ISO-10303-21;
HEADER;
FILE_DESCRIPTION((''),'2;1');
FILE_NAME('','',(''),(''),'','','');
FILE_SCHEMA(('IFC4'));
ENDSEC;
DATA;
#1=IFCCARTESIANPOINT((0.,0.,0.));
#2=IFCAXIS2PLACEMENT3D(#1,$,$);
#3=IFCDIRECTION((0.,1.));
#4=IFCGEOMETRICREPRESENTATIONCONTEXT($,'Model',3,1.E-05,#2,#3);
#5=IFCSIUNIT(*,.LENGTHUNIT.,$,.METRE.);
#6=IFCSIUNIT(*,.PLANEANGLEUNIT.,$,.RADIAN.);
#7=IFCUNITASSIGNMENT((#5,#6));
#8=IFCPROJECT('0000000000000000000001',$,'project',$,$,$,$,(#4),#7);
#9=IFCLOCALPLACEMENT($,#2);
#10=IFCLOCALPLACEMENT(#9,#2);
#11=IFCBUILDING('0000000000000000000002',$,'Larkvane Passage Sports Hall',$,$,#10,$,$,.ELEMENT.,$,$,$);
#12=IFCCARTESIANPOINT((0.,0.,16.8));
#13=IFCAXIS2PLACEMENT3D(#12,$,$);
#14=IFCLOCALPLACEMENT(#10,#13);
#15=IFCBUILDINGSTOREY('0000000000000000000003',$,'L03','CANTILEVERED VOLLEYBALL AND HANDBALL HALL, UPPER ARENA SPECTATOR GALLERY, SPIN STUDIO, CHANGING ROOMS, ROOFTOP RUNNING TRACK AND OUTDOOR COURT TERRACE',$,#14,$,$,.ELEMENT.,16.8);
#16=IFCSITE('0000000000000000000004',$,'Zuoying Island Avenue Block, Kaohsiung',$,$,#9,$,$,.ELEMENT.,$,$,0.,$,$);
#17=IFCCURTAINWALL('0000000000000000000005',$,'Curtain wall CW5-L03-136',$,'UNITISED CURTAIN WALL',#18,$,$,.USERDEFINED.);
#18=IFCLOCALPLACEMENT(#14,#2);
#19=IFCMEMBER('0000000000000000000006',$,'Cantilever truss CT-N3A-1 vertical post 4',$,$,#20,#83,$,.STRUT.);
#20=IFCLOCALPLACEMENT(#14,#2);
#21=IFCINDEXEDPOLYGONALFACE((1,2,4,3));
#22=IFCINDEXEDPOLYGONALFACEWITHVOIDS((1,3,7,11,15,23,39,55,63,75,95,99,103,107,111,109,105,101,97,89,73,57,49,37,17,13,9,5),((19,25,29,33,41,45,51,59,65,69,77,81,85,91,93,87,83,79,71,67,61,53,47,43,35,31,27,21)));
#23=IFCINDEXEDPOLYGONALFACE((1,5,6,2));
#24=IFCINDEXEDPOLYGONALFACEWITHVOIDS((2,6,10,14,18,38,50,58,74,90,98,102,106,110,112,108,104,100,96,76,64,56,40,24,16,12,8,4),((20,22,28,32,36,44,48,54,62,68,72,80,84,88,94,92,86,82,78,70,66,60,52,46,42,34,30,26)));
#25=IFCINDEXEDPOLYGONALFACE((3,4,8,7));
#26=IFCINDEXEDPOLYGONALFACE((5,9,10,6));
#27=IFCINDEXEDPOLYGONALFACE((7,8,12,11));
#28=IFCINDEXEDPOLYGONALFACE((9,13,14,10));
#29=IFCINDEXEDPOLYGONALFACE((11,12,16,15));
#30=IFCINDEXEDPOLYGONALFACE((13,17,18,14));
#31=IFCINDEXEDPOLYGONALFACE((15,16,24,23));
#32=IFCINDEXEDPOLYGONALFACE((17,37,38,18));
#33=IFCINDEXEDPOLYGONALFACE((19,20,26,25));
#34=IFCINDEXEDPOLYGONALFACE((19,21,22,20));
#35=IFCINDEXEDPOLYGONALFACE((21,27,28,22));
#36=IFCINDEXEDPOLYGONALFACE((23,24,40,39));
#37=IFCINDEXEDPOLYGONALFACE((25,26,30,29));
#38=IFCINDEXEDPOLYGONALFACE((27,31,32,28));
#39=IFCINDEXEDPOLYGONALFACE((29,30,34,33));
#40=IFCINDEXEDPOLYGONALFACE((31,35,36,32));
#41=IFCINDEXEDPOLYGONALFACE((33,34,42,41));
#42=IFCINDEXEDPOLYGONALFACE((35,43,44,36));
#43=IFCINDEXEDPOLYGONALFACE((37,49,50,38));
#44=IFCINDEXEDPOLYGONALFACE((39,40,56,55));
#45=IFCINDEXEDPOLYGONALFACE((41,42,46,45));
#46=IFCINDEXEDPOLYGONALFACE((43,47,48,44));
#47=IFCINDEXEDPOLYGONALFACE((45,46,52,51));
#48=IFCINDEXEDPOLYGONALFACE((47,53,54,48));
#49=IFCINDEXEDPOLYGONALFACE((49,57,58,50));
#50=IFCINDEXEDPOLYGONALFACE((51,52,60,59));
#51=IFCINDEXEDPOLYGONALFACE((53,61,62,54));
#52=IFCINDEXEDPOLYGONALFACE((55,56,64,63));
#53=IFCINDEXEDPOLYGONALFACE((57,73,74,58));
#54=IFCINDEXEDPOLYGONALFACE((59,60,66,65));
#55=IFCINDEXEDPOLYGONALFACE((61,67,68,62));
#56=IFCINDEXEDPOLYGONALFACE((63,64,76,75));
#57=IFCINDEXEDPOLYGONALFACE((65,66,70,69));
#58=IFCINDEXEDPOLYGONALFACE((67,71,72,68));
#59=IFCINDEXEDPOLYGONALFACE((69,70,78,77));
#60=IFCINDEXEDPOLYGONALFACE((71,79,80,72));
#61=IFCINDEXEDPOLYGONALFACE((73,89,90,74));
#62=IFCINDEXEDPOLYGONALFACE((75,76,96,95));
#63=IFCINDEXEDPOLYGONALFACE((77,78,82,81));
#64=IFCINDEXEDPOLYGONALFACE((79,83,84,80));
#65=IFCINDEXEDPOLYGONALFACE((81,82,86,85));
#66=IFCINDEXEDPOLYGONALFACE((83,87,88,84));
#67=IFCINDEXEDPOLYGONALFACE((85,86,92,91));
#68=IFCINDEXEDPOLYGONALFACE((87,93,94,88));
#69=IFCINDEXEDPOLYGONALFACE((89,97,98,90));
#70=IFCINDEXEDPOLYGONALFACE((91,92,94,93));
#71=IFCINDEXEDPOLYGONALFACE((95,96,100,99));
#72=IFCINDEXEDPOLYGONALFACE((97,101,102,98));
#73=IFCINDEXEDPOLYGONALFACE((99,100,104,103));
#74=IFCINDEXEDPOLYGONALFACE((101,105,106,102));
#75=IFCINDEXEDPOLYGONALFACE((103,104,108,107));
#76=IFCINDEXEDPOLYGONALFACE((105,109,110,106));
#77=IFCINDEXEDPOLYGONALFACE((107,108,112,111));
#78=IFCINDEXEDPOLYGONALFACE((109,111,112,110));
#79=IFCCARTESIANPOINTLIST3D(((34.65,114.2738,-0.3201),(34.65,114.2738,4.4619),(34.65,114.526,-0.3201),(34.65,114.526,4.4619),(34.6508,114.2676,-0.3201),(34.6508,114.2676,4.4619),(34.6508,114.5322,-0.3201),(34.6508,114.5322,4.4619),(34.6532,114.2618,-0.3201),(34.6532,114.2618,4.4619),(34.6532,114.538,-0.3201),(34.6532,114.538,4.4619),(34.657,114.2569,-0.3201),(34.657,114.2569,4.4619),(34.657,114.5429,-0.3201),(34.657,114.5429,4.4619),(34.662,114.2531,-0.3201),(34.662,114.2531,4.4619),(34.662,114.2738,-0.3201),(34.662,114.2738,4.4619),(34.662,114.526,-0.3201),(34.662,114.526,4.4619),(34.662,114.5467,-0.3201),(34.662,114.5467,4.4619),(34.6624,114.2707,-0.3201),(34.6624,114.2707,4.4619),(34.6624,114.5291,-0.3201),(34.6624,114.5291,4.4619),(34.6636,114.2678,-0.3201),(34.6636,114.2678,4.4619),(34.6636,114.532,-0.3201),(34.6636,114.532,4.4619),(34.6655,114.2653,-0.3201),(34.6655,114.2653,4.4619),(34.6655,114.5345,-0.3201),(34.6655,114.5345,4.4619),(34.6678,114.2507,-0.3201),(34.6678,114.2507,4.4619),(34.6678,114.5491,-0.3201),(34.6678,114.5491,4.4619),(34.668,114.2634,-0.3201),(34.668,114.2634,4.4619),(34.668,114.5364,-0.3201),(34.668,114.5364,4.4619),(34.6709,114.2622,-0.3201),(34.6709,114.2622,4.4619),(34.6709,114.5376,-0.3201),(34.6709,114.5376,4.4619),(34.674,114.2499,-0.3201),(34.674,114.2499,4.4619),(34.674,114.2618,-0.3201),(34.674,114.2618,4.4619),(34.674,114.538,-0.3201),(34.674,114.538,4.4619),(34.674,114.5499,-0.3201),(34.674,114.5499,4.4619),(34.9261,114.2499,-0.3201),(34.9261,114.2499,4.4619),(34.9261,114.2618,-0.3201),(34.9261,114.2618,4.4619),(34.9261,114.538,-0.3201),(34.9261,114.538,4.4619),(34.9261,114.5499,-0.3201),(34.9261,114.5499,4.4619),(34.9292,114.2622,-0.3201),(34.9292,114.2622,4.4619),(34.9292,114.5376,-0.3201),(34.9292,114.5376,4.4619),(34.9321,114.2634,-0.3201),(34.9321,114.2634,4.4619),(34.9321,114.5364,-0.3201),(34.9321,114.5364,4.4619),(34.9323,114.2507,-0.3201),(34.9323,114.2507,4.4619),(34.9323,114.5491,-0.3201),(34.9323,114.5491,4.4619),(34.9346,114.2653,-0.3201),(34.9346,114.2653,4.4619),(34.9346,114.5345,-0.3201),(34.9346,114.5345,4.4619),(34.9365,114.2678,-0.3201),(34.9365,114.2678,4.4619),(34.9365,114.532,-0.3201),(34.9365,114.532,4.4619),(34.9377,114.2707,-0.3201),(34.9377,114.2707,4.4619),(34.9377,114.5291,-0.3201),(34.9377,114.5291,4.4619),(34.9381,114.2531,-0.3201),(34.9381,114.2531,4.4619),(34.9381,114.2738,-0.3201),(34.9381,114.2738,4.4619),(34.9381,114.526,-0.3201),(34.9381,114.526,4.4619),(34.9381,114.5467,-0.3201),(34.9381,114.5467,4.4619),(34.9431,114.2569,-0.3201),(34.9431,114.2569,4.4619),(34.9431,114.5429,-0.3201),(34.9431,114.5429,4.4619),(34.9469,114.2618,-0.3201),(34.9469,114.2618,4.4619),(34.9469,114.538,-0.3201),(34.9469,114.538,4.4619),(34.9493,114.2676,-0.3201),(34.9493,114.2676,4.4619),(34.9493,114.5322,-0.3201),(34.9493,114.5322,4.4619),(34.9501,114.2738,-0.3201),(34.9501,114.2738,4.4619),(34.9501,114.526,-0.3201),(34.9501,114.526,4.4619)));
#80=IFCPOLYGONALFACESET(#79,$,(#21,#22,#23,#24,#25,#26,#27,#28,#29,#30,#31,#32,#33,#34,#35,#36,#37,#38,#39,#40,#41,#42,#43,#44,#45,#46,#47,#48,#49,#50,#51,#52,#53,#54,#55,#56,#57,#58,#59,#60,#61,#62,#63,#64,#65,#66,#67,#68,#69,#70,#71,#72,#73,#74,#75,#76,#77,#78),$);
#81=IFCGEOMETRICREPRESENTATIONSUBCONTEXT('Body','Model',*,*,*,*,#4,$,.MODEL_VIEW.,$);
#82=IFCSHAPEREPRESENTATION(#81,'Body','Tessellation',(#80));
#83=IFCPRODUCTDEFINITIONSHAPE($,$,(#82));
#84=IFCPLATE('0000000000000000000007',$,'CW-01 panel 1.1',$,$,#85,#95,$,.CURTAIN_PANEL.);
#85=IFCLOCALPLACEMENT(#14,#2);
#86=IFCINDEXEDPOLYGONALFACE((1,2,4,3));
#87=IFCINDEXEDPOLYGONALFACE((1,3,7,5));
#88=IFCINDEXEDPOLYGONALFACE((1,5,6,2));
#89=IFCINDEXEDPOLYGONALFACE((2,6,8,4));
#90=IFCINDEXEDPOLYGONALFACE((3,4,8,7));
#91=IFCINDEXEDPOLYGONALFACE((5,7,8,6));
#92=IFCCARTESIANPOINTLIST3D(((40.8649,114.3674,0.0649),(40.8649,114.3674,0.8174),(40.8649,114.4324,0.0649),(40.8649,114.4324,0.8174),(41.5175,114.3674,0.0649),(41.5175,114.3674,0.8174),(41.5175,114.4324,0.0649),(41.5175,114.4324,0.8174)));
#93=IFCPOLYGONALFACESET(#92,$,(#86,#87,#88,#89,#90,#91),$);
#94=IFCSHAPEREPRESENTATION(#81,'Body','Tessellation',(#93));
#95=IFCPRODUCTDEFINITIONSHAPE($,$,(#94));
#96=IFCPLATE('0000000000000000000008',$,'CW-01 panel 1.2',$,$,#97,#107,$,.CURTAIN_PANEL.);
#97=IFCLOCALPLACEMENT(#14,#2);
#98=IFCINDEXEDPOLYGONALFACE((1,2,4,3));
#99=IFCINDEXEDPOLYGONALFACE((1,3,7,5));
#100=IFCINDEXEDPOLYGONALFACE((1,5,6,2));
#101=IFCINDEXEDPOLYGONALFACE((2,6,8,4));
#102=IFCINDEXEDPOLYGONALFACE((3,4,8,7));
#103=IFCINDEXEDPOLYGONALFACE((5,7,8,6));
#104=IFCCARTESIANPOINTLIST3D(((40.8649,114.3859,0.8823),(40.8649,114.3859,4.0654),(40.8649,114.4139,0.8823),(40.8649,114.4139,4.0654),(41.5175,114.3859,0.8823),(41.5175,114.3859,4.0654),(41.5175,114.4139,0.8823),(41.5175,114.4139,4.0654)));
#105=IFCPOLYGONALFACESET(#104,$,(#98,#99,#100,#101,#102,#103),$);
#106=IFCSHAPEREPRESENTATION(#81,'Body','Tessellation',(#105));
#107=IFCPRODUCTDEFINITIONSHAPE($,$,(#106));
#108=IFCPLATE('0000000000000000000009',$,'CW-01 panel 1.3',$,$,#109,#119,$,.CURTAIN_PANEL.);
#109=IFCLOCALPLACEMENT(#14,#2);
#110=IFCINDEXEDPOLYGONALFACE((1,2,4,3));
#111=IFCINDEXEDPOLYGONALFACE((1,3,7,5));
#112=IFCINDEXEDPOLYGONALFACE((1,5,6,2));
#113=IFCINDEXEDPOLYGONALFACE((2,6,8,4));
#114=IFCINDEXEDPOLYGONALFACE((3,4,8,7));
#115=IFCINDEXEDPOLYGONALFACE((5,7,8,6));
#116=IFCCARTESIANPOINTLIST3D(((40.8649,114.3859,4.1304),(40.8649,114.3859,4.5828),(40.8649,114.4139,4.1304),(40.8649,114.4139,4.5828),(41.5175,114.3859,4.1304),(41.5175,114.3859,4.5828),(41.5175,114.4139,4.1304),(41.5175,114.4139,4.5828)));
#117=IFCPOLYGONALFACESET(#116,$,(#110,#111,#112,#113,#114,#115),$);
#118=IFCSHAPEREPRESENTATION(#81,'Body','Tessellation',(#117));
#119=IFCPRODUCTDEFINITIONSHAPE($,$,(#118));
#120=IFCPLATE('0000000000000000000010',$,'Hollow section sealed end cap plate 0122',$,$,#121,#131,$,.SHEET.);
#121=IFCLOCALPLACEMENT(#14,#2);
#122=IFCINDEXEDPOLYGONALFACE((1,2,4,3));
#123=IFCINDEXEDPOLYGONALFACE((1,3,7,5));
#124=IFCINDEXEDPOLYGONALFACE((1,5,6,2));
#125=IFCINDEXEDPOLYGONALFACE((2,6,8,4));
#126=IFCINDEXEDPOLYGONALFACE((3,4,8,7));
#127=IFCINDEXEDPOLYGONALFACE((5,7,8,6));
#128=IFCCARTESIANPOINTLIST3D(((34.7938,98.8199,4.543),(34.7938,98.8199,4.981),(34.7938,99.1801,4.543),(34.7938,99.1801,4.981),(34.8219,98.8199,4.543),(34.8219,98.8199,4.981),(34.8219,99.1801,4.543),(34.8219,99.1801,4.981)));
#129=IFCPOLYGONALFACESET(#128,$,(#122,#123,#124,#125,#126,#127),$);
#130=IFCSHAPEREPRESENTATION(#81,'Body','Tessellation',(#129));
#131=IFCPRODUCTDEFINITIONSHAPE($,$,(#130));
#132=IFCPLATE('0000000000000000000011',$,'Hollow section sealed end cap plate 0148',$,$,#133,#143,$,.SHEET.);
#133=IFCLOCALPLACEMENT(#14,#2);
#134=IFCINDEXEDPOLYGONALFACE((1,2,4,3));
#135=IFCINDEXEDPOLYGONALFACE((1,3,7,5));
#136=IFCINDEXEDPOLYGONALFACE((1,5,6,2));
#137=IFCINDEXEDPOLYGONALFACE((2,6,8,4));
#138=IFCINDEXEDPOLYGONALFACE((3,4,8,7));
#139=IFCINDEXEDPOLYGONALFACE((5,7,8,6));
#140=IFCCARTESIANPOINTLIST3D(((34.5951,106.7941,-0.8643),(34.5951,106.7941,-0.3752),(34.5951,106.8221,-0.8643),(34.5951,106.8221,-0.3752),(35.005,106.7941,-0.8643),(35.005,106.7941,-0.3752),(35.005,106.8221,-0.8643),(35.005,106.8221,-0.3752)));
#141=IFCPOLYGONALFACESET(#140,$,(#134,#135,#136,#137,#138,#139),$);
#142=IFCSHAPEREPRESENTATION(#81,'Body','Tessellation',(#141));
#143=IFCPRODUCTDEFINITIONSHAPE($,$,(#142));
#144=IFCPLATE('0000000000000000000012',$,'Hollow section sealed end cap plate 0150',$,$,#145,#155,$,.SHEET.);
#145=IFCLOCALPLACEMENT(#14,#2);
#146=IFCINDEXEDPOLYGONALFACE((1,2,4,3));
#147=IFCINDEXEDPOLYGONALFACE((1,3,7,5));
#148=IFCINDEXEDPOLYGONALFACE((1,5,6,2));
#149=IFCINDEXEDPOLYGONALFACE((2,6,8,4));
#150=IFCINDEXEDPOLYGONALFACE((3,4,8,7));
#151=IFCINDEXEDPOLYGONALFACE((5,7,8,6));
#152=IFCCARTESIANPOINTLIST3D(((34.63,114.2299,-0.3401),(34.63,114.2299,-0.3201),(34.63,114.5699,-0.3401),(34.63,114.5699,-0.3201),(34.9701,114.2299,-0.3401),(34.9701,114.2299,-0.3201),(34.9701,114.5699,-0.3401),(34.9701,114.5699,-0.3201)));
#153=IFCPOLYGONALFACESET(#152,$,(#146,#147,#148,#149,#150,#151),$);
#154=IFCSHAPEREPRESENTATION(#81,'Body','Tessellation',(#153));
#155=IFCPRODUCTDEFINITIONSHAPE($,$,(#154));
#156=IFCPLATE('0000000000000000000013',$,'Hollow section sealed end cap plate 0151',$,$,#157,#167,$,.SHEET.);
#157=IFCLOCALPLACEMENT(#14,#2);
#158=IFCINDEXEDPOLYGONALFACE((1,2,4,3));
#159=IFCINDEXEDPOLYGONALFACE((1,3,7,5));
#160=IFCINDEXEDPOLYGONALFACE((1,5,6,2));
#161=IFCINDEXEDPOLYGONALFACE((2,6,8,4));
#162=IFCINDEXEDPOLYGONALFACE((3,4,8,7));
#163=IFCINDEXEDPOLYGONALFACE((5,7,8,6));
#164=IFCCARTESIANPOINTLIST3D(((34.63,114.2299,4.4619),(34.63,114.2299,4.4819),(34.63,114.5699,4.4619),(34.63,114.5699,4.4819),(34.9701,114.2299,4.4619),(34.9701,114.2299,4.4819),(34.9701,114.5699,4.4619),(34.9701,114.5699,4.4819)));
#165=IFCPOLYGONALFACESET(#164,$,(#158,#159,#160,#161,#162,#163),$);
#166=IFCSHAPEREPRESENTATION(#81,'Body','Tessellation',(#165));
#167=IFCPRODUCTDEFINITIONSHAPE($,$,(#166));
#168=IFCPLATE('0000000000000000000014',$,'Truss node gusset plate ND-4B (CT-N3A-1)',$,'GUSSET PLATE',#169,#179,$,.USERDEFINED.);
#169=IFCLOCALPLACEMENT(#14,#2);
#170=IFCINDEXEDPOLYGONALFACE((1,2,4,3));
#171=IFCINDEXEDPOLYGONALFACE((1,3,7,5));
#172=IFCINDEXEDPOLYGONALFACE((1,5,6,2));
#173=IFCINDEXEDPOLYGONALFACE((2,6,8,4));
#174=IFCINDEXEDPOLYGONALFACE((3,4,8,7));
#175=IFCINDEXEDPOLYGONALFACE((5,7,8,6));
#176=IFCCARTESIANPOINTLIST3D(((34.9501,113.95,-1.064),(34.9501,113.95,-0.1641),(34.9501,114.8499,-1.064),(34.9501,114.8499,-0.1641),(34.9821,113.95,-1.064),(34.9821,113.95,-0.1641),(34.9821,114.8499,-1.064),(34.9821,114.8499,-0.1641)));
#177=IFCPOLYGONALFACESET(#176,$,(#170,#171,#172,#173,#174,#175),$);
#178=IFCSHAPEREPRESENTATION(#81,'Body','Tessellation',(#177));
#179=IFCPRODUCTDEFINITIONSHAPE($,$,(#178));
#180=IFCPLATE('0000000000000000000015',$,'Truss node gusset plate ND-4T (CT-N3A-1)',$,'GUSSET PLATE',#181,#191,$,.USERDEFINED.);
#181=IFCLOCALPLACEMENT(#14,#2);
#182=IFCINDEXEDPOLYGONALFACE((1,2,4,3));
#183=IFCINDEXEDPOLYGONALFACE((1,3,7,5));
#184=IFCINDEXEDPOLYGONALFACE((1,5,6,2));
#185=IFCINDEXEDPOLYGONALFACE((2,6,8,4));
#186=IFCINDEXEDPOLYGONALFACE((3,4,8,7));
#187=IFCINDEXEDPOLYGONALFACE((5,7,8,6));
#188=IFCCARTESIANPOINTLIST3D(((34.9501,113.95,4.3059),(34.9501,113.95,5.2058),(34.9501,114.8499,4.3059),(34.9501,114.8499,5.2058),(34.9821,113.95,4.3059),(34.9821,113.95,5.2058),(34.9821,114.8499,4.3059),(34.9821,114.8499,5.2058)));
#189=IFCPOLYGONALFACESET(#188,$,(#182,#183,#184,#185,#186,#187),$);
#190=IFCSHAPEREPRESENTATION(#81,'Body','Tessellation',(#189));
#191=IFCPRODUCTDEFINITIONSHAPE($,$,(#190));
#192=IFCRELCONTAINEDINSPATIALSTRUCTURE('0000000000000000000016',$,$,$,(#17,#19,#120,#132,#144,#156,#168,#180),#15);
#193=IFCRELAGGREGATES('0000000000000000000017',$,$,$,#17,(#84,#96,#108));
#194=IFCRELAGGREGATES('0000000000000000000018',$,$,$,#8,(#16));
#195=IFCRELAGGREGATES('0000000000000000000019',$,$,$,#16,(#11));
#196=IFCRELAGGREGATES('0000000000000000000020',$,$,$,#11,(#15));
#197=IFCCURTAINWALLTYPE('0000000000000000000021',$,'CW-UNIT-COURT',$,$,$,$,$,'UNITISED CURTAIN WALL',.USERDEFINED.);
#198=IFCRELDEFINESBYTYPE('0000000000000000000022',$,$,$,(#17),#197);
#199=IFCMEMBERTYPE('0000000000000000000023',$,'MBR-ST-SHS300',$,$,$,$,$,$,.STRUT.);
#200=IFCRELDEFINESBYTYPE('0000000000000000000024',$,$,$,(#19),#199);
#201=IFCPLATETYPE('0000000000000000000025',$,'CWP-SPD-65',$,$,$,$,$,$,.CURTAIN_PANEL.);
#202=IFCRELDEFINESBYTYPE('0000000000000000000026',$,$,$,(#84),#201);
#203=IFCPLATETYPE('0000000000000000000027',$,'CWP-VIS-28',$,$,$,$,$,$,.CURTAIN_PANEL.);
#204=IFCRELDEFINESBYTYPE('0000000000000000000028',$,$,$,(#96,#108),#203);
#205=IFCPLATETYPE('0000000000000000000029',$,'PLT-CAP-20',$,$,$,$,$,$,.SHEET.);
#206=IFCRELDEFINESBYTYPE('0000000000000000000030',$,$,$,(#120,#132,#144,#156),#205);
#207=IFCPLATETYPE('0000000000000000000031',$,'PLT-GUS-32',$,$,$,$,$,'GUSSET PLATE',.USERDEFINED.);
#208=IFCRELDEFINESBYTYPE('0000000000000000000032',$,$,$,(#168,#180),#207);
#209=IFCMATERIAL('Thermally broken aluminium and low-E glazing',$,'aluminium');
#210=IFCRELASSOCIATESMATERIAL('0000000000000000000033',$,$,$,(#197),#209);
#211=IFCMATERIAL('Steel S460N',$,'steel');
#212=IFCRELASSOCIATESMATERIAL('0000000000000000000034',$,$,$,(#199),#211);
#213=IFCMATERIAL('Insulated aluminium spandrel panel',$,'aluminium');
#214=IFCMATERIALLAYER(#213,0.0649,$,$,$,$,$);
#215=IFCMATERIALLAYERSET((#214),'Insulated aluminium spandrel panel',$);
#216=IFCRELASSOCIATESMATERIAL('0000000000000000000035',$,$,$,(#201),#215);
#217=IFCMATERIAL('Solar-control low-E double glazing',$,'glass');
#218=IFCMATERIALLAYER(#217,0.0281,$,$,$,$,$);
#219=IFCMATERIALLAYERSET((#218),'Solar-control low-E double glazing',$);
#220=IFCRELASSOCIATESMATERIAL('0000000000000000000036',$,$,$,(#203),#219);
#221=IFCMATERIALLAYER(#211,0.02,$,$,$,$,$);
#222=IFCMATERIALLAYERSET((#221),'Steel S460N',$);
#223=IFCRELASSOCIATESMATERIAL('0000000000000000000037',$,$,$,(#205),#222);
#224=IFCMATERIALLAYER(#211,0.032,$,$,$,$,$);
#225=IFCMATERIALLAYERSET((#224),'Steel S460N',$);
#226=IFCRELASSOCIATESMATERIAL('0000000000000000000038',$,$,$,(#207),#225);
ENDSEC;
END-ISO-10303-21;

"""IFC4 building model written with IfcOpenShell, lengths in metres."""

from ifc_helpers import new_model, si_unit, direction, frame, origin, origin_2d, place, context, subcontext, project, spatial, rectangle, hollow_rectangle, extrude, material, layer, layer_set, material_profile, profile_set, type_object, element, aggregate, save


model = new_model("IFC4")

# Units and contexts
model_context = context("Model", 3, precision=1e-05, world=origin(), true_north=direction((0.0, 1.0)))
body_context = subcontext(model_context, "Body", "Model", "MODEL_VIEW")
ifc_project = project(units=[si_unit("LENGTHUNIT", "METRE"), si_unit("PLANEANGLEUNIT", "RADIAN")], contexts=[model_context])

# Site, building, storey
site_placement = place(None, origin())
site = spatial("IfcSite", under=ifc_project, at=site_placement, Name="Zuoying Island Avenue Block, Kaohsiung", CompositionType="ELEMENT", RefElevation=0.0)
building_placement = place(site_placement, origin())
building = spatial("IfcBuilding", under=site, at=building_placement, Name="Larkvane Passage Sports Hall", CompositionType="ELEMENT")
storey_placement = place(building_placement, frame((0.0, 0.0, 16.8)))
storey = spatial("IfcBuildingStorey", under=building, at=storey_placement, Name="L03", Description="CANTILEVERED VOLLEYBALL AND HANDBALL HALL, UPPER ARENA SPECTATOR GALLERY, SPIN STUDIO, CHANGING ROOMS, ROOFTOP RUNNING TRACK AND OUTDOOR COURT TERRACE", CompositionType="ELEMENT", Elevation=16.8)

# Shared definitions
ifc_material_1 = material(Name="Steel S460N", Category="steel")

# Curtain wall
ifc_material_2 = material(Name="Thermally broken aluminium and low-E glazing", Category="aluminium")
curtain_wall_type = type_object("IfcCurtainWallType", Name="CW-UNIT-COURT", ElementType="UNITISED CURTAIN WALL", PredefinedType="USERDEFINED", material=ifc_material_2)
curtain_wall_placement = place(storey_placement, origin())
curtain_wall = element("IfcCurtainWall", 1, at=curtain_wall_placement, inside=storey, type_object=curtain_wall_type, Name="Curtain wall CW5-L03-136", ObjectType="UNITISED CURTAIN WALL", PredefinedType="USERDEFINED")

# Member
ifc_material_profile_1 = material_profile(ifc_material_1, hollow_rectangle(XDim=0.3, YDim=0.3, WallThickness=0.012, InnerFilletRadius=0.012, OuterFilletRadius=0.0239, at=origin_2d()), Name="SHS-300x300x12")
ifc_profile_set_1 = profile_set([ifc_material_profile_1], Name="Steel S460N")
member_type_1 = type_object("IfcMemberType", Name="MBR-ST-SHS300", PredefinedType="STRUT", material=ifc_profile_set_1)
member_1_placement = place(storey_placement, frame((34.8, 114.3999, -0.3201), z_axis=(0.0, 0.0, 1.0), x_axis=(1.0, 0.0, 0.0)))
element("IfcMember", 2, at=member_1_placement, inside=storey, type_object=member_type_1, Name="Cantilever truss CT-N3A-1 vertical post 4", PredefinedType="STRUT", context=body_context, shape_type="SweptSolid", body=[
    extrude(hollow_rectangle(XDim=0.3, YDim=0.3, WallThickness=0.012, InnerFilletRadius=0.012, OuterFilletRadius=0.0239, at=origin_2d()), origin(), (0.0, 0.0, 1.0), 4.782),
])

# Plates
ifc_material_3 = material(Name="Insulated aluminium spandrel panel", Category="aluminium")
ifc_layer_1 = layer(ifc_material_3, 0.0649)
ifc_layer_set_1 = layer_set([ifc_layer_1], Name="Insulated aluminium spandrel panel")
plate_type_1 = type_object("IfcPlateType", Name="CWP-SPD-65", PredefinedType="CURTAIN_PANEL", material=ifc_layer_set_1)
plate_1_placement = place(storey_placement, frame((41.1912, 114.3999, 0.0649), z_axis=(0.0, 0.0, 1.0), x_axis=(1.0, 0.0, 0.0)))
plate_1 = element("IfcPlate", 3, at=plate_1_placement, type_object=plate_type_1, Name="CW-01 panel 1.1", PredefinedType="CURTAIN_PANEL", context=body_context, shape_type="SweptSolid", body=[
    extrude(rectangle(XDim=0.6526, YDim=0.0649, at=origin_2d()), origin(), (0.0, 0.0, 1.0), 0.7524),
])
ifc_material_4 = material(Name="Solar-control low-E double glazing", Category="glass")
ifc_layer_2 = layer(ifc_material_4, 0.0281)
ifc_layer_set_2 = layer_set([ifc_layer_2], Name="Solar-control low-E double glazing")
plate_type_2 = type_object("IfcPlateType", Name="CWP-VIS-28", PredefinedType="CURTAIN_PANEL", material=ifc_layer_set_2)
plate_2_placement = place(storey_placement, frame((41.1912, 114.3999, 0.8823), z_axis=(0.0, 0.0, 1.0), x_axis=(1.0, 0.0, 0.0)))
plate_2 = element("IfcPlate", 4, at=plate_2_placement, type_object=plate_type_2, Name="CW-01 panel 1.2", PredefinedType="CURTAIN_PANEL", context=body_context, shape_type="SweptSolid", body=[
    extrude(rectangle(XDim=0.6526, YDim=0.0281, at=origin_2d()), origin(), (0.0, 0.0, 1.0), 3.1831),
])
plate_3_placement = place(storey_placement, frame((41.1912, 114.3999, 4.1304), z_axis=(0.0, 0.0, 1.0), x_axis=(1.0, 0.0, 0.0)))
plate_3 = element("IfcPlate", 5, at=plate_3_placement, type_object=plate_type_2, Name="CW-01 panel 1.3", PredefinedType="CURTAIN_PANEL", context=body_context, shape_type="SweptSolid", body=[
    extrude(rectangle(XDim=0.6526, YDim=0.0281, at=origin_2d()), origin(), (0.0, 0.0, 1.0), 0.4524),
])
aggregate(curtain_wall, [plate_1, plate_2, plate_3])

# Plates
ifc_layer_3 = layer(ifc_material_1, 0.02)
ifc_layer_set_3 = layer_set([ifc_layer_3], Name="Steel S460N")
plate_type_3 = type_object("IfcPlateType", Name="PLT-CAP-20", PredefinedType="SHEET", material=ifc_layer_set_3)
plate_4_placement = place(storey_placement, frame((34.8079, 99.0, 4.543), z_axis=(0.0, 0.0, 1.0), x_axis=(0.0, 1.0, 0.0)))
element("IfcPlate", 6, at=plate_4_placement, inside=storey, type_object=plate_type_3, Name="Hollow section sealed end cap plate 0122", PredefinedType="SHEET", context=body_context, shape_type="SweptSolid", body=[
    extrude(rectangle(XDim=0.3601, YDim=0.0281, at=origin_2d()), origin(), (0.0, 0.0, 1.0), 0.438),
])
plate_5_placement = place(storey_placement, frame((34.8, 106.8081, -0.8643), z_axis=(0.0, 0.0, 1.0), x_axis=(-1.0, 0.0, 0.0)))
element("IfcPlate", 7, at=plate_5_placement, inside=storey, type_object=plate_type_3, Name="Hollow section sealed end cap plate 0148", PredefinedType="SHEET", context=body_context, shape_type="SweptSolid", body=[
    extrude(rectangle(XDim=0.4099, YDim=0.0281, at=origin_2d()), origin(), (0.0, 0.0, 1.0), 0.489),
])
for number, where, z_axis, x_axis, name in (
    (8, (34.8, 114.3999, -0.3401), (0.0, 0.0, 1.0), (1.0, 0.0, 0.0), "Hollow section sealed end cap plate 0150"),
    (9, (34.8, 114.3999, 4.4619), (0.0, 0.0, 1.0), (1.0, 0.0, 0.0), "Hollow section sealed end cap plate 0151"),
):
    element("IfcPlate", number, at=place(storey_placement, frame(where, z_axis=z_axis, x_axis=x_axis)), inside=storey, type_object=plate_type_3, Name=name, PredefinedType="SHEET", context=body_context, shape_type="SweptSolid", body=[
        extrude(rectangle(XDim=0.3401, YDim=0.3401, at=origin_2d()), origin(), (0.0, 0.0, 1.0), 0.02),
    ])
ifc_layer_4 = layer(ifc_material_1, 0.032)
ifc_layer_set_4 = layer_set([ifc_layer_4], Name="Steel S460N")
plate_type_4 = type_object("IfcPlateType", Name="PLT-GUS-32", ElementType="GUSSET PLATE", PredefinedType="USERDEFINED", material=ifc_layer_set_4)
for number, where, z_axis, x_axis, name in (
    (10, (34.9661, 114.3999, -1.064), (0.0, 0.0, 1.0), (0.0, 1.0, 0.0), "Truss node gusset plate ND-4B (CT-N3A-1)"),
    (11, (34.9661, 114.3999, 4.3059), (0.0, 0.0, 1.0), (0.0, 1.0, 0.0), "Truss node gusset plate ND-4T (CT-N3A-1)"),
):
    element("IfcPlate", number, at=place(storey_placement, frame(where, z_axis=z_axis, x_axis=x_axis)), inside=storey, type_object=plate_type_4, Name=name, ObjectType="GUSSET PLATE", PredefinedType="USERDEFINED", context=body_context, shape_type="SweptSolid", body=[
        extrude(rectangle(XDim=0.8999, YDim=0.032, at=origin_2d()), origin(), (0.0, 0.0, 1.0), 0.8999),
    ])

save(model, "model.ifc")
